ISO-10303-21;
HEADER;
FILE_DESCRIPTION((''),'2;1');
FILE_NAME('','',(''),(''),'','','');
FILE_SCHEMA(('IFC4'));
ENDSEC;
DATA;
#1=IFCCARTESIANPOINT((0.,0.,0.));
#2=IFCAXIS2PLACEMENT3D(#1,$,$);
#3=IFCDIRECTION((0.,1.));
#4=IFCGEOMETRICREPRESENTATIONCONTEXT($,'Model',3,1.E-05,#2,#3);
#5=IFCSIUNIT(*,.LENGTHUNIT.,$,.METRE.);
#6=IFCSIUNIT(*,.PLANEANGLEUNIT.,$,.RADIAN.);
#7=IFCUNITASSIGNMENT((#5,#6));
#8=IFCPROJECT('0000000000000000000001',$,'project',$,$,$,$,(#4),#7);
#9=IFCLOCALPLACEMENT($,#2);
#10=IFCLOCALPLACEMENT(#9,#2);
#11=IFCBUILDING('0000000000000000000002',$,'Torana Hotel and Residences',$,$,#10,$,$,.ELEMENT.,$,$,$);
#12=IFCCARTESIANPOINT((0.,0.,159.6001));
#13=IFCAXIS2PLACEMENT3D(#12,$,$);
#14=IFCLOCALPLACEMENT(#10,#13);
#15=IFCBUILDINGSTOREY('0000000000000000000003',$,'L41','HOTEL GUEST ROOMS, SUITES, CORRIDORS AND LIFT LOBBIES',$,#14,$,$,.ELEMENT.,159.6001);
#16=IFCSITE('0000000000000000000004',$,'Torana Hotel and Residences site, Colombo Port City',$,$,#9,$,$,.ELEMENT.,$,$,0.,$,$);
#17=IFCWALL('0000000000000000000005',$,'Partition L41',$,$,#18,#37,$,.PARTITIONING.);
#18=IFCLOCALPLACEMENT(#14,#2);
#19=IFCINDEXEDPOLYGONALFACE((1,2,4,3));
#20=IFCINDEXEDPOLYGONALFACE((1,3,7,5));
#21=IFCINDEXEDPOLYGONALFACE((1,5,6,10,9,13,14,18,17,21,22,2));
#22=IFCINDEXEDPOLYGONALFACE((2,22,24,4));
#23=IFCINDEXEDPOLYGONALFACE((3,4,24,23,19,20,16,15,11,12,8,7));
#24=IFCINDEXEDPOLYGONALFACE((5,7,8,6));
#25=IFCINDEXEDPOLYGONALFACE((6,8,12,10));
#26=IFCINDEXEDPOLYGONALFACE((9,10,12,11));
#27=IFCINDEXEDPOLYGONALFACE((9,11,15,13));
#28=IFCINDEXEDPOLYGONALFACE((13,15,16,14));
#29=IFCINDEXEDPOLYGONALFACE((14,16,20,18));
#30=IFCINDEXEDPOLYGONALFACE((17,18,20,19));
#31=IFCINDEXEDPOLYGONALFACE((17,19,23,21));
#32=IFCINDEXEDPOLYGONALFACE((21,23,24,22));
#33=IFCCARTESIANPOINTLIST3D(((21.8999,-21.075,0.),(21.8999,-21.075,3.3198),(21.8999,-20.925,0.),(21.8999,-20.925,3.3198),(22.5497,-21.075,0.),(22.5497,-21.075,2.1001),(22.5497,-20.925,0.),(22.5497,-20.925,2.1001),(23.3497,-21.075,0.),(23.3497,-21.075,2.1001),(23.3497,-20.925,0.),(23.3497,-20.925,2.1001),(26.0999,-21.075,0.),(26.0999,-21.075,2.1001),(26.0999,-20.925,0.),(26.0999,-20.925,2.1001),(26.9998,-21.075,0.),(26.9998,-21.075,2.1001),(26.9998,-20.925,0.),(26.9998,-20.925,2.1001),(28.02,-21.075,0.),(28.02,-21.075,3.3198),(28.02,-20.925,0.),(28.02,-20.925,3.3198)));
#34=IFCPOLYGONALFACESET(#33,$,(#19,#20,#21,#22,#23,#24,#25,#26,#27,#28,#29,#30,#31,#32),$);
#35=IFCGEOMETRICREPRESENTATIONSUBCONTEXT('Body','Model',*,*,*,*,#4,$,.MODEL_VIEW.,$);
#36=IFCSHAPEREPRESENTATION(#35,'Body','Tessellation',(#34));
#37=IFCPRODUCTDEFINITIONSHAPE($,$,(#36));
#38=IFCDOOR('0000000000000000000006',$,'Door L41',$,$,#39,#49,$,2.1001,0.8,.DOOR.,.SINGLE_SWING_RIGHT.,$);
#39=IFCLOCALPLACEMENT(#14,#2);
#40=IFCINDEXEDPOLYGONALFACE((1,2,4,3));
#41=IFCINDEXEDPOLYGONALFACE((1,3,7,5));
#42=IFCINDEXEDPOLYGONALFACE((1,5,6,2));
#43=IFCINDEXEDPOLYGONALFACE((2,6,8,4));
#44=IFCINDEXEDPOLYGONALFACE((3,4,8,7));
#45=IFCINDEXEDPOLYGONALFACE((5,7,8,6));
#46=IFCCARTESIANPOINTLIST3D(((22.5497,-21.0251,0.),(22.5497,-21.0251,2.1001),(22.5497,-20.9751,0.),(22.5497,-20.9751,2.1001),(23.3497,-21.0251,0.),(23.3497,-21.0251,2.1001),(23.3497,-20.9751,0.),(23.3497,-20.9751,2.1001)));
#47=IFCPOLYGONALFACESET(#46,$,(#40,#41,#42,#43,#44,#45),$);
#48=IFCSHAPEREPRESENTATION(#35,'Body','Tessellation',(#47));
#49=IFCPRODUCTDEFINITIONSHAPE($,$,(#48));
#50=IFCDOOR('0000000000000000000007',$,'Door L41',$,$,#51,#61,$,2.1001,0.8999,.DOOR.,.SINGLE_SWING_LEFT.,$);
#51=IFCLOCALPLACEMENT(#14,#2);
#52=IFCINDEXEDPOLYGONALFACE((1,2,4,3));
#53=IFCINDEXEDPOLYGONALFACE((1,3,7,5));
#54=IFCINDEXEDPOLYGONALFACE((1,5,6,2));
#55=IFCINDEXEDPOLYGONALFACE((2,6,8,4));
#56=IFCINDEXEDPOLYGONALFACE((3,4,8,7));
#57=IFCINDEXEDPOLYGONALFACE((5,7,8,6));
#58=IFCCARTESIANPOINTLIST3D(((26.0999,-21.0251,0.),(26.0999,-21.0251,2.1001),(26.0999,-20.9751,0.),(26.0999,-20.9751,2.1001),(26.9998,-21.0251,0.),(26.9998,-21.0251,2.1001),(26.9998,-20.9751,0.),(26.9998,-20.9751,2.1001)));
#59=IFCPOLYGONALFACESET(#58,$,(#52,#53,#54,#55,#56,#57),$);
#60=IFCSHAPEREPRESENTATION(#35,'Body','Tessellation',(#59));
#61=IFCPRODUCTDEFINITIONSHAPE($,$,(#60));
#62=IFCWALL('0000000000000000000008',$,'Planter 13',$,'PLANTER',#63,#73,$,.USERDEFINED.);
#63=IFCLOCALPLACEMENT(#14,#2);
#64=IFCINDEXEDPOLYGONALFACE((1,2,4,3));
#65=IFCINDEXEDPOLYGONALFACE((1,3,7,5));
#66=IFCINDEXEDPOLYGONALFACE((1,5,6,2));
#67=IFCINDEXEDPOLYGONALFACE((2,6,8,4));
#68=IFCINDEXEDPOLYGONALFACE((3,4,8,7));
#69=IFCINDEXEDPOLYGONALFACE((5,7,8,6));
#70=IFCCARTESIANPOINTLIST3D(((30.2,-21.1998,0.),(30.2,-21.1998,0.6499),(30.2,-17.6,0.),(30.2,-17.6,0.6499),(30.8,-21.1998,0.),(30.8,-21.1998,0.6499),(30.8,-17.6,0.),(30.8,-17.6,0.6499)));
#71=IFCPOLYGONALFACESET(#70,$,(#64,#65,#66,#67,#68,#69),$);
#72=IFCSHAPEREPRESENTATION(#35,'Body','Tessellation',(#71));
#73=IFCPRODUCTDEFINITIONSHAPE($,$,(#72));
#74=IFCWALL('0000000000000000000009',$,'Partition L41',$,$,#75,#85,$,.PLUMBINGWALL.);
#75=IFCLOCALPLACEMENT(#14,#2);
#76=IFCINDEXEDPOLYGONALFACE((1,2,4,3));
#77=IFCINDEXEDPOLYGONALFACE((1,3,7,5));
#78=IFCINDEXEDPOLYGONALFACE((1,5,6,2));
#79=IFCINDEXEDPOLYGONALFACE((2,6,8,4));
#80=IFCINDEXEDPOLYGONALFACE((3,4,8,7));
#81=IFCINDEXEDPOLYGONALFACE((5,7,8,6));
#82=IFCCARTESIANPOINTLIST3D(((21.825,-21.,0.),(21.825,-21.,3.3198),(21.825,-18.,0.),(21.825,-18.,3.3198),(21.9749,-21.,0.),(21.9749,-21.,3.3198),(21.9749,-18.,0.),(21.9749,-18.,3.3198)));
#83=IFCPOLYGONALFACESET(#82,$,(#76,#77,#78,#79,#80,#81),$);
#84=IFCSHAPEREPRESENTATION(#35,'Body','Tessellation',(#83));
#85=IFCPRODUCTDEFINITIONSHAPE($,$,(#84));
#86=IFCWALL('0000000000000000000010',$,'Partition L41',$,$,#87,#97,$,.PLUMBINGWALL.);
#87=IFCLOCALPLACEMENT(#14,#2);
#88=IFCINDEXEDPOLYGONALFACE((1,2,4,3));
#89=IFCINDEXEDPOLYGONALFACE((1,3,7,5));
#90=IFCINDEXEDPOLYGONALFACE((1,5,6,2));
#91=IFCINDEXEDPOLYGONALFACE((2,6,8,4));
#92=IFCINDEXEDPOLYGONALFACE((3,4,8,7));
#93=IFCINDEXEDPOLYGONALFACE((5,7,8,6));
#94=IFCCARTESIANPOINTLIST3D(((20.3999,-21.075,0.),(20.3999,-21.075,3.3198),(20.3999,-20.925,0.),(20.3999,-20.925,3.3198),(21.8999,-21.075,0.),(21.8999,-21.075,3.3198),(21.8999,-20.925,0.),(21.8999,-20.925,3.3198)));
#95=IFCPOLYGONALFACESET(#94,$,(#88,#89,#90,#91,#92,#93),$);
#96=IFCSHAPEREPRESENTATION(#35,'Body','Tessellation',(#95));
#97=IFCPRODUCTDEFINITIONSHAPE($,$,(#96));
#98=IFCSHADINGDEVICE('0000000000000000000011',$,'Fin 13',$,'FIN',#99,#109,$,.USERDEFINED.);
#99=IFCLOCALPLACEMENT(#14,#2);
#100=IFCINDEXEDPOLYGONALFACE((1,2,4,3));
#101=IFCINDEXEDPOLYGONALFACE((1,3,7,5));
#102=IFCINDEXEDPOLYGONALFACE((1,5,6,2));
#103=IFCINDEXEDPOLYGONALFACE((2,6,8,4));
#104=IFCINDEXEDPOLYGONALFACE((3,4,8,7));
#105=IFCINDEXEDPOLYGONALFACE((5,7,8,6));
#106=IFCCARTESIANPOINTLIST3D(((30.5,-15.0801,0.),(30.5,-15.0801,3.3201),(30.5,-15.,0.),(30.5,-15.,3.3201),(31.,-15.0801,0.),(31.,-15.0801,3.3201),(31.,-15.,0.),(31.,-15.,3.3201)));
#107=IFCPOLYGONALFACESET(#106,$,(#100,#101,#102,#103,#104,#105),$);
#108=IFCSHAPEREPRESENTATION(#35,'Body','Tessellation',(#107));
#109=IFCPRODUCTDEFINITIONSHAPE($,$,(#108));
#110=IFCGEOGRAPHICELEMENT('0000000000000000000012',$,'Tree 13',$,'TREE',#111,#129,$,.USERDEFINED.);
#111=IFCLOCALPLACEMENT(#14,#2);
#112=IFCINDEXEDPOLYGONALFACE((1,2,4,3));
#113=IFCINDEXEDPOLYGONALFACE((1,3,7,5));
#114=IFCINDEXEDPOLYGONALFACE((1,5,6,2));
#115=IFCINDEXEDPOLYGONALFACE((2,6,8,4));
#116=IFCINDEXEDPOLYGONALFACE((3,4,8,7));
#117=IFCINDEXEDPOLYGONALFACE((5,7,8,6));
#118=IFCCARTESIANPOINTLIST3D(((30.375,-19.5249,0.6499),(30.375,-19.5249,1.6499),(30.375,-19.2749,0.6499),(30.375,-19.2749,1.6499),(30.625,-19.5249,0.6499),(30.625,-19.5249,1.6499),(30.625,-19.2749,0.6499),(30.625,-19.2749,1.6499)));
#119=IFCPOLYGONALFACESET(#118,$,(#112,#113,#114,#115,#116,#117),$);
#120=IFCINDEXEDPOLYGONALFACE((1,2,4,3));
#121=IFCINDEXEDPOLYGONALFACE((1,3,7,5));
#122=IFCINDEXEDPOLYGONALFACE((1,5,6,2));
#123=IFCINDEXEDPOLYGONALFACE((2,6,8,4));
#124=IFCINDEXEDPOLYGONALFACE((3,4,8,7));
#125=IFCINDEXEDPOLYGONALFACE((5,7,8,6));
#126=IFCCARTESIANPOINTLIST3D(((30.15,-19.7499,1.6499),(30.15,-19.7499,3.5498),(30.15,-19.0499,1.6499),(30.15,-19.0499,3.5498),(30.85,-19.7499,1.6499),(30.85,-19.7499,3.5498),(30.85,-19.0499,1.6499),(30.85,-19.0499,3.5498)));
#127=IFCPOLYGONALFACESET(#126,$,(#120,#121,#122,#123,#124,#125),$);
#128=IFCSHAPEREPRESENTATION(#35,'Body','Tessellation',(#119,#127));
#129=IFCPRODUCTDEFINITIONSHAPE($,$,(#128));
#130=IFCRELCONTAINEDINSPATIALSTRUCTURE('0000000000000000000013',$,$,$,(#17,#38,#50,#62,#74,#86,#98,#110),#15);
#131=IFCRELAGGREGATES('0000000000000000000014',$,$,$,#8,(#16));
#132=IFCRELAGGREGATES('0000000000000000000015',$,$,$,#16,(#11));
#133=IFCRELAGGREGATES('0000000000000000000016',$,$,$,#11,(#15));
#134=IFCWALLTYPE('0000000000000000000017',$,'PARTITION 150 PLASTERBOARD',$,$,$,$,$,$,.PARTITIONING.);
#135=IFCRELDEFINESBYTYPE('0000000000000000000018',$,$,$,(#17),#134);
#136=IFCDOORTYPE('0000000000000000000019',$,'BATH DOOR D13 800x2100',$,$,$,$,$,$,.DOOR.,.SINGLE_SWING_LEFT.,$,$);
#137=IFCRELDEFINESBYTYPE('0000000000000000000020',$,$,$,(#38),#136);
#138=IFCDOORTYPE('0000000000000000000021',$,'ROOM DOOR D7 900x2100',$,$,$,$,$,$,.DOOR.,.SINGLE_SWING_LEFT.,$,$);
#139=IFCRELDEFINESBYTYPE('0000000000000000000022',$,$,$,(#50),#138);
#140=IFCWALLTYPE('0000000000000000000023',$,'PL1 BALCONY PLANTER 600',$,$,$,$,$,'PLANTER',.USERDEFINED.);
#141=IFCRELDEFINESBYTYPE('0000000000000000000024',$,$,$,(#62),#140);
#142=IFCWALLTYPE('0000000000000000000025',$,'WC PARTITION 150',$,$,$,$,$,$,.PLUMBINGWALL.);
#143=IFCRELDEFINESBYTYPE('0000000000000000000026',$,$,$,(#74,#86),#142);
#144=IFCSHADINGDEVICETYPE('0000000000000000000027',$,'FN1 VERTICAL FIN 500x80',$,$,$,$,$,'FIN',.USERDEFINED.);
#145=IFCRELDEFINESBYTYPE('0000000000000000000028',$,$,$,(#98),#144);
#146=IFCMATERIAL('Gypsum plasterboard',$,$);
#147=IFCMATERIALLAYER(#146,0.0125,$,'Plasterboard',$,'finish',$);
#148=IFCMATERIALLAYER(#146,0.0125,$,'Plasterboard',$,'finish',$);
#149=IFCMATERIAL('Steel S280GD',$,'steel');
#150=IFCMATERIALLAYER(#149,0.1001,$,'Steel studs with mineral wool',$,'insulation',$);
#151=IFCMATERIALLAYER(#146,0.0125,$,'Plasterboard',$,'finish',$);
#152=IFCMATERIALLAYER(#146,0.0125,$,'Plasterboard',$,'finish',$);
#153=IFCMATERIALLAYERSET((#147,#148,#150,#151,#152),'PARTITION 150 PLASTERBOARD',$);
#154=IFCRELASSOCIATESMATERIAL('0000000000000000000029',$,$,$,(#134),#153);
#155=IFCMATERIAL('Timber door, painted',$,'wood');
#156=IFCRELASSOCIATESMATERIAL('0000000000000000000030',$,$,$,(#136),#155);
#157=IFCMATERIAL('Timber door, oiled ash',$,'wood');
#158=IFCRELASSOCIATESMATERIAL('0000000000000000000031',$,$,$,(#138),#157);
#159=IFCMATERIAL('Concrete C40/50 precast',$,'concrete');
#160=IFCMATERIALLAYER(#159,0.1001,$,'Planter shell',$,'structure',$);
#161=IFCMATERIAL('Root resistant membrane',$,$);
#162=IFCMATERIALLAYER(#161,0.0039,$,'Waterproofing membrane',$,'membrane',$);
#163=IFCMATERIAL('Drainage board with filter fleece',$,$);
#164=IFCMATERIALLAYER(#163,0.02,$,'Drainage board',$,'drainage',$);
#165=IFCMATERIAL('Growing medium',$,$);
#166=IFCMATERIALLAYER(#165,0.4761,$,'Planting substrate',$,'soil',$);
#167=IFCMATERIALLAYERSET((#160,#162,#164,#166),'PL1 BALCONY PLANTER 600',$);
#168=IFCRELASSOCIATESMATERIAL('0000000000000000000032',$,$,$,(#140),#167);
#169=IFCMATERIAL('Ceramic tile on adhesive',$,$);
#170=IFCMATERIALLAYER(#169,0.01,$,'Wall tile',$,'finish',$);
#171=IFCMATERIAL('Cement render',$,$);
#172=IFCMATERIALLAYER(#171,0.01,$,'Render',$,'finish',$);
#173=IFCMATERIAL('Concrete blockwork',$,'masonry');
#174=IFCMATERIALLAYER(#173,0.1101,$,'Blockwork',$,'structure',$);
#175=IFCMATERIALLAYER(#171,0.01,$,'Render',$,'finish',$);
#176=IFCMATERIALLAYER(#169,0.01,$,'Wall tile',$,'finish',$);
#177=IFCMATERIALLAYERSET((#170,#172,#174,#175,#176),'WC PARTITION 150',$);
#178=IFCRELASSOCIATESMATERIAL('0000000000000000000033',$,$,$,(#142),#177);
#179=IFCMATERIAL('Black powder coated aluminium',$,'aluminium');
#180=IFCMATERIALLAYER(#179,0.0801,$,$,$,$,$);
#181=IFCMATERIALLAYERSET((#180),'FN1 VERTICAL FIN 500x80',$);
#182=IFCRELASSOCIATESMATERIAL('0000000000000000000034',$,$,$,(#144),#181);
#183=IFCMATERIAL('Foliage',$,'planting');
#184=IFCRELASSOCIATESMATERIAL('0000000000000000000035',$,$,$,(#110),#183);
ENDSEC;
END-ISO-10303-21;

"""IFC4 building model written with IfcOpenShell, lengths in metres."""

from ifc_helpers import new_model, si_unit, direction, frame, frame_2d, origin, origin_2d, place, context, subcontext, project, spatial, rectangle, extrude, material, layer, layer_set, type_object, element, fill, save


model = new_model("IFC4")

# Units and contexts
model_context = context("Model", 3, precision=1e-05, world=origin(), true_north=direction((0.0, 1.0)))
body_context = subcontext(model_context, "Body", "Model", "MODEL_VIEW")
ifc_project = project(units=[si_unit("LENGTHUNIT", "METRE"), si_unit("PLANEANGLEUNIT", "RADIAN")], contexts=[model_context])

# Site, building, storey
site_placement = place(None, origin())
site = spatial("IfcSite", under=ifc_project, at=site_placement, Name="Torana Hotel and Residences site, Colombo Port City", CompositionType="ELEMENT", RefElevation=0.0)
building_placement = place(site_placement, origin())
building = spatial("IfcBuilding", under=site, at=building_placement, Name="Torana Hotel and Residences", CompositionType="ELEMENT")
storey_placement = place(building_placement, frame((0.0, 0.0, 159.6001)))
storey = spatial("IfcBuildingStorey", under=building, at=storey_placement, Name="L41", Description="HOTEL GUEST ROOMS, SUITES, CORRIDORS AND LIFT LOBBIES", CompositionType="ELEMENT", Elevation=159.6001)

# Shared definitions
ifc_material_1 = material(Name="Concrete blockwork", Category="masonry")

# Shared definitions
ifc_material_2 = material(Name="Gypsum plasterboard")
ifc_layer_1 = layer(ifc_material_2, 0.0125, Name="Plasterboard", Category="finish")
ifc_layer_2 = layer(ifc_material_2, 0.0125, Name="Plasterboard", Category="finish")
ifc_material_3 = material(Name="Steel S280GD", Category="steel")
ifc_layer_3 = layer(ifc_material_3, 0.1001, Name="Steel studs with mineral wool", Category="insulation")
ifc_layer_4 = layer(ifc_material_2, 0.0125, Name="Plasterboard", Category="finish")
ifc_layer_5 = layer(ifc_material_2, 0.0125, Name="Plasterboard", Category="finish")
ifc_layer_set_1 = layer_set([ifc_layer_1, ifc_layer_2, ifc_layer_3, ifc_layer_4, ifc_layer_5], Name="PARTITION 150 PLASTERBOARD")
wall_type_1 = type_object("IfcWallType", Name="PARTITION 150 PLASTERBOARD", PredefinedType="PARTITIONING", material=ifc_layer_set_1)

# Wall, openings, doors
wall_1_placement = place(storey_placement, frame((21.8999, -21.0, 0.0), z_axis=(0.0, 0.0, 1.0), x_axis=(1.0, 0.0, 0.0)))
wall_1 = element("IfcWall", 1, at=wall_1_placement, inside=storey, type_object=wall_type_1, Name="Partition L41", PredefinedType="PARTITIONING", context=body_context, shape_type="SweptSolid", body=[
    extrude(rectangle(XDim=6.1201, YDim=0.1499, at=frame_2d((3.0601, 0.0))), origin(), (0.0, 0.0, 1.0), 3.3198),
])
opening_1_placement = place(wall_1_placement, frame((0.6499, 0.0, 0.0)))
opening_1 = element("IfcOpeningElement", 2, at=opening_1_placement, cuts=wall_1, PredefinedType="OPENING", context=body_context, shape_type="SweptSolid", body=[
    extrude(rectangle(XDim=0.8, YDim=2.1001, at=frame_2d((0.3999, 1.05))), frame((0.0, 0.085, 0.0), z_axis=(0.0, -1.0, 0.0), x_axis=(1.0, 0.0, 0.0)), (0.0, 0.0, 1.0), 0.1699),
])
opening_2_placement = place(wall_1_placement, frame((4.2, 0.0, 0.0)))
opening_2 = element("IfcOpeningElement", 3, at=opening_2_placement, cuts=wall_1, PredefinedType="OPENING", context=body_context, shape_type="SweptSolid", body=[
    extrude(rectangle(XDim=0.8999, YDim=2.1001, at=frame_2d((0.45, 1.05))), frame((0.0, 0.085, 0.0), z_axis=(0.0, -1.0, 0.0), x_axis=(1.0, 0.0, 0.0)), (0.0, 0.0, 1.0), 0.1699),
])
ifc_material_4 = material(Name="Timber door, painted", Category="wood")
door_type_1 = type_object("IfcDoorType", Name="BATH DOOR D13 800x2100", OperationType="SINGLE_SWING_LEFT", PredefinedType="DOOR", material=ifc_material_4)
door_1_placement = place(opening_1_placement, origin())
door_1 = element("IfcDoor", 4, at=door_1_placement, inside=storey, type_object=door_type_1, Name="Door L41", OperationType="SINGLE_SWING_RIGHT", OverallHeight=2.1001, OverallWidth=0.8, PredefinedType="DOOR", context=body_context, shape_type="SweptSolid", body=[
    extrude(rectangle(XDim=0.8, YDim=2.1001, at=frame_2d((0.3999, 1.05))), frame((0.0, 0.0249, 0.0), z_axis=(0.0, -1.0, 0.0), x_axis=(1.0, 0.0, 0.0)), (0.0, 0.0, 1.0), 0.05),
])
fill(opening_1, door_1)
ifc_material_5 = material(Name="Timber door, oiled ash", Category="wood")
door_type_2 = type_object("IfcDoorType", Name="ROOM DOOR D7 900x2100", OperationType="SINGLE_SWING_LEFT", PredefinedType="DOOR", material=ifc_material_5)
door_2_placement = place(opening_2_placement, origin())
door_2 = element("IfcDoor", 5, at=door_2_placement, inside=storey, type_object=door_type_2, Name="Door L41", OperationType="SINGLE_SWING_LEFT", OverallHeight=2.1001, OverallWidth=0.8999, PredefinedType="DOOR", context=body_context, shape_type="SweptSolid", body=[
    extrude(rectangle(XDim=0.8999, YDim=2.1001, at=frame_2d((0.45, 1.05))), frame((0.0, 0.0249, 0.0), z_axis=(0.0, -1.0, 0.0), x_axis=(1.0, 0.0, 0.0)), (0.0, 0.0, 1.0), 0.05),
])
fill(opening_2, door_2)

# Walls
ifc_material_6 = material(Name="Concrete C40/50 precast", Category="concrete")
ifc_layer_6 = layer(ifc_material_6, 0.1001, Name="Planter shell", Category="structure")
ifc_material_7 = material(Name="Root resistant membrane")
ifc_layer_7 = layer(ifc_material_7, 0.0039, Name="Waterproofing membrane", Category="membrane")
ifc_material_8 = material(Name="Drainage board with filter fleece")
ifc_layer_8 = layer(ifc_material_8, 0.02, Name="Drainage board", Category="drainage")
ifc_material_9 = material(Name="Growing medium")
ifc_layer_9 = layer(ifc_material_9, 0.4761, Name="Planting substrate", Category="soil")
ifc_layer_set_2 = layer_set([ifc_layer_6, ifc_layer_7, ifc_layer_8, ifc_layer_9], Name="PL1 BALCONY PLANTER 600")
wall_type_2 = type_object("IfcWallType", Name="PL1 BALCONY PLANTER 600", ElementType="PLANTER", PredefinedType="USERDEFINED", material=ifc_layer_set_2)
wall_2_placement = place(storey_placement, frame((30.5, -17.6001, 0.0), z_axis=(0.0, 0.0, 1.0), x_axis=(0.0, -1.0, 0.0)))
element("IfcWall", 6, at=wall_2_placement, inside=storey, type_object=wall_type_2, Name="Planter 13", ObjectType="PLANTER", PredefinedType="USERDEFINED", context=body_context, shape_type="SweptSolid", body=[
    extrude(rectangle(XDim=3.5999, YDim=0.6001, at=frame_2d((1.7998, 0.0))), origin(), (0.0, 0.0, 1.0), 0.6499),
])
ifc_material_10 = material(Name="Ceramic tile on adhesive")
ifc_layer_10 = layer(ifc_material_10, 0.01, Name="Wall tile", Category="finish")
ifc_material_11 = material(Name="Cement render")
ifc_layer_11 = layer(ifc_material_11, 0.01, Name="Render", Category="finish")
ifc_layer_12 = layer(ifc_material_1, 0.1101, Name="Blockwork", Category="structure")
ifc_layer_13 = layer(ifc_material_11, 0.01, Name="Render", Category="finish")
ifc_layer_14 = layer(ifc_material_10, 0.01, Name="Wall tile", Category="finish")
ifc_layer_set_3 = layer_set([ifc_layer_10, ifc_layer_11, ifc_layer_12, ifc_layer_13, ifc_layer_14], Name="WC PARTITION 150")
wall_type_3 = type_object("IfcWallType", Name="WC PARTITION 150", PredefinedType="PLUMBINGWALL", material=ifc_layer_set_3)
wall_3_placement = place(storey_placement, frame((21.8999, -21.0, 0.0), z_axis=(0.0, 0.0, 1.0), x_axis=(0.0, 1.0, 0.0)))
element("IfcWall", 7, at=wall_3_placement, inside=storey, type_object=wall_type_3, Name="Partition L41", PredefinedType="PLUMBINGWALL", context=body_context, shape_type="SweptSolid", body=[
    extrude(rectangle(XDim=3.0, YDim=0.1499, at=frame_2d((1.5, 0.0))), origin(), (0.0, 0.0, 1.0), 3.3198),
])
wall_4_placement = place(storey_placement, frame((20.3999, -21.0, 0.0), z_axis=(0.0, 0.0, 1.0), x_axis=(1.0, 0.0, 0.0)))
element("IfcWall", 8, at=wall_4_placement, inside=storey, type_object=wall_type_3, Name="Partition L41", PredefinedType="PLUMBINGWALL", context=body_context, shape_type="SweptSolid", body=[
    extrude(rectangle(XDim=1.5, YDim=0.1499, at=frame_2d((0.75, 0.0))), origin(), (0.0, 0.0, 1.0), 3.3198),
])

# Shading device
ifc_material_12 = material(Name="Black powder coated aluminium", Category="aluminium")
ifc_layer_15 = layer(ifc_material_12, 0.0801)
ifc_layer_set_4 = layer_set([ifc_layer_15], Name="FN1 VERTICAL FIN 500x80")
shading_device_type = type_object("IfcShadingDeviceType", Name="FN1 VERTICAL FIN 500x80", ElementType="FIN", PredefinedType="USERDEFINED", material=ifc_layer_set_4)
shading_device_placement = place(storey_placement, frame((30.75, -15.04, 0.0), z_axis=(0.0, 0.0, 1.0), x_axis=(0.0, -1.0, 0.0)))
element("IfcShadingDevice", 9, at=shading_device_placement, inside=storey, type_object=shading_device_type, Name="Fin 13", ObjectType="FIN", PredefinedType="USERDEFINED", context=body_context, shape_type="SweptSolid", body=[
    extrude(rectangle(XDim=0.0801, YDim=0.5, at=origin_2d()), origin(), (0.0, 0.0, 1.0), 3.3201),
])

# Geographic element
ifc_material_13 = material(Name="Foliage", Category="planting")
geographic_element_placement = place(storey_placement, frame((30.5, -19.3999, 0.6499), z_axis=(0.0, 0.0, 1.0), x_axis=(1.0, 0.0, 0.0)))
element("IfcGeographicElement", 10, at=geographic_element_placement, inside=storey, material=ifc_material_13, Name="Tree 13", ObjectType="TREE", PredefinedType="USERDEFINED", context=body_context, shape_type="SweptSolid", body=[
    extrude(rectangle(XDim=0.25, YDim=0.25, at=origin_2d()), origin(), (0.0, 0.0, 1.0), 1.0),
    extrude(rectangle(XDim=0.7, YDim=0.7, at=origin_2d()), frame((0.0, 0.0, 1.0)), (0.0, 0.0, 1.0), 1.8999),
])

save(model, "model.ifc")
